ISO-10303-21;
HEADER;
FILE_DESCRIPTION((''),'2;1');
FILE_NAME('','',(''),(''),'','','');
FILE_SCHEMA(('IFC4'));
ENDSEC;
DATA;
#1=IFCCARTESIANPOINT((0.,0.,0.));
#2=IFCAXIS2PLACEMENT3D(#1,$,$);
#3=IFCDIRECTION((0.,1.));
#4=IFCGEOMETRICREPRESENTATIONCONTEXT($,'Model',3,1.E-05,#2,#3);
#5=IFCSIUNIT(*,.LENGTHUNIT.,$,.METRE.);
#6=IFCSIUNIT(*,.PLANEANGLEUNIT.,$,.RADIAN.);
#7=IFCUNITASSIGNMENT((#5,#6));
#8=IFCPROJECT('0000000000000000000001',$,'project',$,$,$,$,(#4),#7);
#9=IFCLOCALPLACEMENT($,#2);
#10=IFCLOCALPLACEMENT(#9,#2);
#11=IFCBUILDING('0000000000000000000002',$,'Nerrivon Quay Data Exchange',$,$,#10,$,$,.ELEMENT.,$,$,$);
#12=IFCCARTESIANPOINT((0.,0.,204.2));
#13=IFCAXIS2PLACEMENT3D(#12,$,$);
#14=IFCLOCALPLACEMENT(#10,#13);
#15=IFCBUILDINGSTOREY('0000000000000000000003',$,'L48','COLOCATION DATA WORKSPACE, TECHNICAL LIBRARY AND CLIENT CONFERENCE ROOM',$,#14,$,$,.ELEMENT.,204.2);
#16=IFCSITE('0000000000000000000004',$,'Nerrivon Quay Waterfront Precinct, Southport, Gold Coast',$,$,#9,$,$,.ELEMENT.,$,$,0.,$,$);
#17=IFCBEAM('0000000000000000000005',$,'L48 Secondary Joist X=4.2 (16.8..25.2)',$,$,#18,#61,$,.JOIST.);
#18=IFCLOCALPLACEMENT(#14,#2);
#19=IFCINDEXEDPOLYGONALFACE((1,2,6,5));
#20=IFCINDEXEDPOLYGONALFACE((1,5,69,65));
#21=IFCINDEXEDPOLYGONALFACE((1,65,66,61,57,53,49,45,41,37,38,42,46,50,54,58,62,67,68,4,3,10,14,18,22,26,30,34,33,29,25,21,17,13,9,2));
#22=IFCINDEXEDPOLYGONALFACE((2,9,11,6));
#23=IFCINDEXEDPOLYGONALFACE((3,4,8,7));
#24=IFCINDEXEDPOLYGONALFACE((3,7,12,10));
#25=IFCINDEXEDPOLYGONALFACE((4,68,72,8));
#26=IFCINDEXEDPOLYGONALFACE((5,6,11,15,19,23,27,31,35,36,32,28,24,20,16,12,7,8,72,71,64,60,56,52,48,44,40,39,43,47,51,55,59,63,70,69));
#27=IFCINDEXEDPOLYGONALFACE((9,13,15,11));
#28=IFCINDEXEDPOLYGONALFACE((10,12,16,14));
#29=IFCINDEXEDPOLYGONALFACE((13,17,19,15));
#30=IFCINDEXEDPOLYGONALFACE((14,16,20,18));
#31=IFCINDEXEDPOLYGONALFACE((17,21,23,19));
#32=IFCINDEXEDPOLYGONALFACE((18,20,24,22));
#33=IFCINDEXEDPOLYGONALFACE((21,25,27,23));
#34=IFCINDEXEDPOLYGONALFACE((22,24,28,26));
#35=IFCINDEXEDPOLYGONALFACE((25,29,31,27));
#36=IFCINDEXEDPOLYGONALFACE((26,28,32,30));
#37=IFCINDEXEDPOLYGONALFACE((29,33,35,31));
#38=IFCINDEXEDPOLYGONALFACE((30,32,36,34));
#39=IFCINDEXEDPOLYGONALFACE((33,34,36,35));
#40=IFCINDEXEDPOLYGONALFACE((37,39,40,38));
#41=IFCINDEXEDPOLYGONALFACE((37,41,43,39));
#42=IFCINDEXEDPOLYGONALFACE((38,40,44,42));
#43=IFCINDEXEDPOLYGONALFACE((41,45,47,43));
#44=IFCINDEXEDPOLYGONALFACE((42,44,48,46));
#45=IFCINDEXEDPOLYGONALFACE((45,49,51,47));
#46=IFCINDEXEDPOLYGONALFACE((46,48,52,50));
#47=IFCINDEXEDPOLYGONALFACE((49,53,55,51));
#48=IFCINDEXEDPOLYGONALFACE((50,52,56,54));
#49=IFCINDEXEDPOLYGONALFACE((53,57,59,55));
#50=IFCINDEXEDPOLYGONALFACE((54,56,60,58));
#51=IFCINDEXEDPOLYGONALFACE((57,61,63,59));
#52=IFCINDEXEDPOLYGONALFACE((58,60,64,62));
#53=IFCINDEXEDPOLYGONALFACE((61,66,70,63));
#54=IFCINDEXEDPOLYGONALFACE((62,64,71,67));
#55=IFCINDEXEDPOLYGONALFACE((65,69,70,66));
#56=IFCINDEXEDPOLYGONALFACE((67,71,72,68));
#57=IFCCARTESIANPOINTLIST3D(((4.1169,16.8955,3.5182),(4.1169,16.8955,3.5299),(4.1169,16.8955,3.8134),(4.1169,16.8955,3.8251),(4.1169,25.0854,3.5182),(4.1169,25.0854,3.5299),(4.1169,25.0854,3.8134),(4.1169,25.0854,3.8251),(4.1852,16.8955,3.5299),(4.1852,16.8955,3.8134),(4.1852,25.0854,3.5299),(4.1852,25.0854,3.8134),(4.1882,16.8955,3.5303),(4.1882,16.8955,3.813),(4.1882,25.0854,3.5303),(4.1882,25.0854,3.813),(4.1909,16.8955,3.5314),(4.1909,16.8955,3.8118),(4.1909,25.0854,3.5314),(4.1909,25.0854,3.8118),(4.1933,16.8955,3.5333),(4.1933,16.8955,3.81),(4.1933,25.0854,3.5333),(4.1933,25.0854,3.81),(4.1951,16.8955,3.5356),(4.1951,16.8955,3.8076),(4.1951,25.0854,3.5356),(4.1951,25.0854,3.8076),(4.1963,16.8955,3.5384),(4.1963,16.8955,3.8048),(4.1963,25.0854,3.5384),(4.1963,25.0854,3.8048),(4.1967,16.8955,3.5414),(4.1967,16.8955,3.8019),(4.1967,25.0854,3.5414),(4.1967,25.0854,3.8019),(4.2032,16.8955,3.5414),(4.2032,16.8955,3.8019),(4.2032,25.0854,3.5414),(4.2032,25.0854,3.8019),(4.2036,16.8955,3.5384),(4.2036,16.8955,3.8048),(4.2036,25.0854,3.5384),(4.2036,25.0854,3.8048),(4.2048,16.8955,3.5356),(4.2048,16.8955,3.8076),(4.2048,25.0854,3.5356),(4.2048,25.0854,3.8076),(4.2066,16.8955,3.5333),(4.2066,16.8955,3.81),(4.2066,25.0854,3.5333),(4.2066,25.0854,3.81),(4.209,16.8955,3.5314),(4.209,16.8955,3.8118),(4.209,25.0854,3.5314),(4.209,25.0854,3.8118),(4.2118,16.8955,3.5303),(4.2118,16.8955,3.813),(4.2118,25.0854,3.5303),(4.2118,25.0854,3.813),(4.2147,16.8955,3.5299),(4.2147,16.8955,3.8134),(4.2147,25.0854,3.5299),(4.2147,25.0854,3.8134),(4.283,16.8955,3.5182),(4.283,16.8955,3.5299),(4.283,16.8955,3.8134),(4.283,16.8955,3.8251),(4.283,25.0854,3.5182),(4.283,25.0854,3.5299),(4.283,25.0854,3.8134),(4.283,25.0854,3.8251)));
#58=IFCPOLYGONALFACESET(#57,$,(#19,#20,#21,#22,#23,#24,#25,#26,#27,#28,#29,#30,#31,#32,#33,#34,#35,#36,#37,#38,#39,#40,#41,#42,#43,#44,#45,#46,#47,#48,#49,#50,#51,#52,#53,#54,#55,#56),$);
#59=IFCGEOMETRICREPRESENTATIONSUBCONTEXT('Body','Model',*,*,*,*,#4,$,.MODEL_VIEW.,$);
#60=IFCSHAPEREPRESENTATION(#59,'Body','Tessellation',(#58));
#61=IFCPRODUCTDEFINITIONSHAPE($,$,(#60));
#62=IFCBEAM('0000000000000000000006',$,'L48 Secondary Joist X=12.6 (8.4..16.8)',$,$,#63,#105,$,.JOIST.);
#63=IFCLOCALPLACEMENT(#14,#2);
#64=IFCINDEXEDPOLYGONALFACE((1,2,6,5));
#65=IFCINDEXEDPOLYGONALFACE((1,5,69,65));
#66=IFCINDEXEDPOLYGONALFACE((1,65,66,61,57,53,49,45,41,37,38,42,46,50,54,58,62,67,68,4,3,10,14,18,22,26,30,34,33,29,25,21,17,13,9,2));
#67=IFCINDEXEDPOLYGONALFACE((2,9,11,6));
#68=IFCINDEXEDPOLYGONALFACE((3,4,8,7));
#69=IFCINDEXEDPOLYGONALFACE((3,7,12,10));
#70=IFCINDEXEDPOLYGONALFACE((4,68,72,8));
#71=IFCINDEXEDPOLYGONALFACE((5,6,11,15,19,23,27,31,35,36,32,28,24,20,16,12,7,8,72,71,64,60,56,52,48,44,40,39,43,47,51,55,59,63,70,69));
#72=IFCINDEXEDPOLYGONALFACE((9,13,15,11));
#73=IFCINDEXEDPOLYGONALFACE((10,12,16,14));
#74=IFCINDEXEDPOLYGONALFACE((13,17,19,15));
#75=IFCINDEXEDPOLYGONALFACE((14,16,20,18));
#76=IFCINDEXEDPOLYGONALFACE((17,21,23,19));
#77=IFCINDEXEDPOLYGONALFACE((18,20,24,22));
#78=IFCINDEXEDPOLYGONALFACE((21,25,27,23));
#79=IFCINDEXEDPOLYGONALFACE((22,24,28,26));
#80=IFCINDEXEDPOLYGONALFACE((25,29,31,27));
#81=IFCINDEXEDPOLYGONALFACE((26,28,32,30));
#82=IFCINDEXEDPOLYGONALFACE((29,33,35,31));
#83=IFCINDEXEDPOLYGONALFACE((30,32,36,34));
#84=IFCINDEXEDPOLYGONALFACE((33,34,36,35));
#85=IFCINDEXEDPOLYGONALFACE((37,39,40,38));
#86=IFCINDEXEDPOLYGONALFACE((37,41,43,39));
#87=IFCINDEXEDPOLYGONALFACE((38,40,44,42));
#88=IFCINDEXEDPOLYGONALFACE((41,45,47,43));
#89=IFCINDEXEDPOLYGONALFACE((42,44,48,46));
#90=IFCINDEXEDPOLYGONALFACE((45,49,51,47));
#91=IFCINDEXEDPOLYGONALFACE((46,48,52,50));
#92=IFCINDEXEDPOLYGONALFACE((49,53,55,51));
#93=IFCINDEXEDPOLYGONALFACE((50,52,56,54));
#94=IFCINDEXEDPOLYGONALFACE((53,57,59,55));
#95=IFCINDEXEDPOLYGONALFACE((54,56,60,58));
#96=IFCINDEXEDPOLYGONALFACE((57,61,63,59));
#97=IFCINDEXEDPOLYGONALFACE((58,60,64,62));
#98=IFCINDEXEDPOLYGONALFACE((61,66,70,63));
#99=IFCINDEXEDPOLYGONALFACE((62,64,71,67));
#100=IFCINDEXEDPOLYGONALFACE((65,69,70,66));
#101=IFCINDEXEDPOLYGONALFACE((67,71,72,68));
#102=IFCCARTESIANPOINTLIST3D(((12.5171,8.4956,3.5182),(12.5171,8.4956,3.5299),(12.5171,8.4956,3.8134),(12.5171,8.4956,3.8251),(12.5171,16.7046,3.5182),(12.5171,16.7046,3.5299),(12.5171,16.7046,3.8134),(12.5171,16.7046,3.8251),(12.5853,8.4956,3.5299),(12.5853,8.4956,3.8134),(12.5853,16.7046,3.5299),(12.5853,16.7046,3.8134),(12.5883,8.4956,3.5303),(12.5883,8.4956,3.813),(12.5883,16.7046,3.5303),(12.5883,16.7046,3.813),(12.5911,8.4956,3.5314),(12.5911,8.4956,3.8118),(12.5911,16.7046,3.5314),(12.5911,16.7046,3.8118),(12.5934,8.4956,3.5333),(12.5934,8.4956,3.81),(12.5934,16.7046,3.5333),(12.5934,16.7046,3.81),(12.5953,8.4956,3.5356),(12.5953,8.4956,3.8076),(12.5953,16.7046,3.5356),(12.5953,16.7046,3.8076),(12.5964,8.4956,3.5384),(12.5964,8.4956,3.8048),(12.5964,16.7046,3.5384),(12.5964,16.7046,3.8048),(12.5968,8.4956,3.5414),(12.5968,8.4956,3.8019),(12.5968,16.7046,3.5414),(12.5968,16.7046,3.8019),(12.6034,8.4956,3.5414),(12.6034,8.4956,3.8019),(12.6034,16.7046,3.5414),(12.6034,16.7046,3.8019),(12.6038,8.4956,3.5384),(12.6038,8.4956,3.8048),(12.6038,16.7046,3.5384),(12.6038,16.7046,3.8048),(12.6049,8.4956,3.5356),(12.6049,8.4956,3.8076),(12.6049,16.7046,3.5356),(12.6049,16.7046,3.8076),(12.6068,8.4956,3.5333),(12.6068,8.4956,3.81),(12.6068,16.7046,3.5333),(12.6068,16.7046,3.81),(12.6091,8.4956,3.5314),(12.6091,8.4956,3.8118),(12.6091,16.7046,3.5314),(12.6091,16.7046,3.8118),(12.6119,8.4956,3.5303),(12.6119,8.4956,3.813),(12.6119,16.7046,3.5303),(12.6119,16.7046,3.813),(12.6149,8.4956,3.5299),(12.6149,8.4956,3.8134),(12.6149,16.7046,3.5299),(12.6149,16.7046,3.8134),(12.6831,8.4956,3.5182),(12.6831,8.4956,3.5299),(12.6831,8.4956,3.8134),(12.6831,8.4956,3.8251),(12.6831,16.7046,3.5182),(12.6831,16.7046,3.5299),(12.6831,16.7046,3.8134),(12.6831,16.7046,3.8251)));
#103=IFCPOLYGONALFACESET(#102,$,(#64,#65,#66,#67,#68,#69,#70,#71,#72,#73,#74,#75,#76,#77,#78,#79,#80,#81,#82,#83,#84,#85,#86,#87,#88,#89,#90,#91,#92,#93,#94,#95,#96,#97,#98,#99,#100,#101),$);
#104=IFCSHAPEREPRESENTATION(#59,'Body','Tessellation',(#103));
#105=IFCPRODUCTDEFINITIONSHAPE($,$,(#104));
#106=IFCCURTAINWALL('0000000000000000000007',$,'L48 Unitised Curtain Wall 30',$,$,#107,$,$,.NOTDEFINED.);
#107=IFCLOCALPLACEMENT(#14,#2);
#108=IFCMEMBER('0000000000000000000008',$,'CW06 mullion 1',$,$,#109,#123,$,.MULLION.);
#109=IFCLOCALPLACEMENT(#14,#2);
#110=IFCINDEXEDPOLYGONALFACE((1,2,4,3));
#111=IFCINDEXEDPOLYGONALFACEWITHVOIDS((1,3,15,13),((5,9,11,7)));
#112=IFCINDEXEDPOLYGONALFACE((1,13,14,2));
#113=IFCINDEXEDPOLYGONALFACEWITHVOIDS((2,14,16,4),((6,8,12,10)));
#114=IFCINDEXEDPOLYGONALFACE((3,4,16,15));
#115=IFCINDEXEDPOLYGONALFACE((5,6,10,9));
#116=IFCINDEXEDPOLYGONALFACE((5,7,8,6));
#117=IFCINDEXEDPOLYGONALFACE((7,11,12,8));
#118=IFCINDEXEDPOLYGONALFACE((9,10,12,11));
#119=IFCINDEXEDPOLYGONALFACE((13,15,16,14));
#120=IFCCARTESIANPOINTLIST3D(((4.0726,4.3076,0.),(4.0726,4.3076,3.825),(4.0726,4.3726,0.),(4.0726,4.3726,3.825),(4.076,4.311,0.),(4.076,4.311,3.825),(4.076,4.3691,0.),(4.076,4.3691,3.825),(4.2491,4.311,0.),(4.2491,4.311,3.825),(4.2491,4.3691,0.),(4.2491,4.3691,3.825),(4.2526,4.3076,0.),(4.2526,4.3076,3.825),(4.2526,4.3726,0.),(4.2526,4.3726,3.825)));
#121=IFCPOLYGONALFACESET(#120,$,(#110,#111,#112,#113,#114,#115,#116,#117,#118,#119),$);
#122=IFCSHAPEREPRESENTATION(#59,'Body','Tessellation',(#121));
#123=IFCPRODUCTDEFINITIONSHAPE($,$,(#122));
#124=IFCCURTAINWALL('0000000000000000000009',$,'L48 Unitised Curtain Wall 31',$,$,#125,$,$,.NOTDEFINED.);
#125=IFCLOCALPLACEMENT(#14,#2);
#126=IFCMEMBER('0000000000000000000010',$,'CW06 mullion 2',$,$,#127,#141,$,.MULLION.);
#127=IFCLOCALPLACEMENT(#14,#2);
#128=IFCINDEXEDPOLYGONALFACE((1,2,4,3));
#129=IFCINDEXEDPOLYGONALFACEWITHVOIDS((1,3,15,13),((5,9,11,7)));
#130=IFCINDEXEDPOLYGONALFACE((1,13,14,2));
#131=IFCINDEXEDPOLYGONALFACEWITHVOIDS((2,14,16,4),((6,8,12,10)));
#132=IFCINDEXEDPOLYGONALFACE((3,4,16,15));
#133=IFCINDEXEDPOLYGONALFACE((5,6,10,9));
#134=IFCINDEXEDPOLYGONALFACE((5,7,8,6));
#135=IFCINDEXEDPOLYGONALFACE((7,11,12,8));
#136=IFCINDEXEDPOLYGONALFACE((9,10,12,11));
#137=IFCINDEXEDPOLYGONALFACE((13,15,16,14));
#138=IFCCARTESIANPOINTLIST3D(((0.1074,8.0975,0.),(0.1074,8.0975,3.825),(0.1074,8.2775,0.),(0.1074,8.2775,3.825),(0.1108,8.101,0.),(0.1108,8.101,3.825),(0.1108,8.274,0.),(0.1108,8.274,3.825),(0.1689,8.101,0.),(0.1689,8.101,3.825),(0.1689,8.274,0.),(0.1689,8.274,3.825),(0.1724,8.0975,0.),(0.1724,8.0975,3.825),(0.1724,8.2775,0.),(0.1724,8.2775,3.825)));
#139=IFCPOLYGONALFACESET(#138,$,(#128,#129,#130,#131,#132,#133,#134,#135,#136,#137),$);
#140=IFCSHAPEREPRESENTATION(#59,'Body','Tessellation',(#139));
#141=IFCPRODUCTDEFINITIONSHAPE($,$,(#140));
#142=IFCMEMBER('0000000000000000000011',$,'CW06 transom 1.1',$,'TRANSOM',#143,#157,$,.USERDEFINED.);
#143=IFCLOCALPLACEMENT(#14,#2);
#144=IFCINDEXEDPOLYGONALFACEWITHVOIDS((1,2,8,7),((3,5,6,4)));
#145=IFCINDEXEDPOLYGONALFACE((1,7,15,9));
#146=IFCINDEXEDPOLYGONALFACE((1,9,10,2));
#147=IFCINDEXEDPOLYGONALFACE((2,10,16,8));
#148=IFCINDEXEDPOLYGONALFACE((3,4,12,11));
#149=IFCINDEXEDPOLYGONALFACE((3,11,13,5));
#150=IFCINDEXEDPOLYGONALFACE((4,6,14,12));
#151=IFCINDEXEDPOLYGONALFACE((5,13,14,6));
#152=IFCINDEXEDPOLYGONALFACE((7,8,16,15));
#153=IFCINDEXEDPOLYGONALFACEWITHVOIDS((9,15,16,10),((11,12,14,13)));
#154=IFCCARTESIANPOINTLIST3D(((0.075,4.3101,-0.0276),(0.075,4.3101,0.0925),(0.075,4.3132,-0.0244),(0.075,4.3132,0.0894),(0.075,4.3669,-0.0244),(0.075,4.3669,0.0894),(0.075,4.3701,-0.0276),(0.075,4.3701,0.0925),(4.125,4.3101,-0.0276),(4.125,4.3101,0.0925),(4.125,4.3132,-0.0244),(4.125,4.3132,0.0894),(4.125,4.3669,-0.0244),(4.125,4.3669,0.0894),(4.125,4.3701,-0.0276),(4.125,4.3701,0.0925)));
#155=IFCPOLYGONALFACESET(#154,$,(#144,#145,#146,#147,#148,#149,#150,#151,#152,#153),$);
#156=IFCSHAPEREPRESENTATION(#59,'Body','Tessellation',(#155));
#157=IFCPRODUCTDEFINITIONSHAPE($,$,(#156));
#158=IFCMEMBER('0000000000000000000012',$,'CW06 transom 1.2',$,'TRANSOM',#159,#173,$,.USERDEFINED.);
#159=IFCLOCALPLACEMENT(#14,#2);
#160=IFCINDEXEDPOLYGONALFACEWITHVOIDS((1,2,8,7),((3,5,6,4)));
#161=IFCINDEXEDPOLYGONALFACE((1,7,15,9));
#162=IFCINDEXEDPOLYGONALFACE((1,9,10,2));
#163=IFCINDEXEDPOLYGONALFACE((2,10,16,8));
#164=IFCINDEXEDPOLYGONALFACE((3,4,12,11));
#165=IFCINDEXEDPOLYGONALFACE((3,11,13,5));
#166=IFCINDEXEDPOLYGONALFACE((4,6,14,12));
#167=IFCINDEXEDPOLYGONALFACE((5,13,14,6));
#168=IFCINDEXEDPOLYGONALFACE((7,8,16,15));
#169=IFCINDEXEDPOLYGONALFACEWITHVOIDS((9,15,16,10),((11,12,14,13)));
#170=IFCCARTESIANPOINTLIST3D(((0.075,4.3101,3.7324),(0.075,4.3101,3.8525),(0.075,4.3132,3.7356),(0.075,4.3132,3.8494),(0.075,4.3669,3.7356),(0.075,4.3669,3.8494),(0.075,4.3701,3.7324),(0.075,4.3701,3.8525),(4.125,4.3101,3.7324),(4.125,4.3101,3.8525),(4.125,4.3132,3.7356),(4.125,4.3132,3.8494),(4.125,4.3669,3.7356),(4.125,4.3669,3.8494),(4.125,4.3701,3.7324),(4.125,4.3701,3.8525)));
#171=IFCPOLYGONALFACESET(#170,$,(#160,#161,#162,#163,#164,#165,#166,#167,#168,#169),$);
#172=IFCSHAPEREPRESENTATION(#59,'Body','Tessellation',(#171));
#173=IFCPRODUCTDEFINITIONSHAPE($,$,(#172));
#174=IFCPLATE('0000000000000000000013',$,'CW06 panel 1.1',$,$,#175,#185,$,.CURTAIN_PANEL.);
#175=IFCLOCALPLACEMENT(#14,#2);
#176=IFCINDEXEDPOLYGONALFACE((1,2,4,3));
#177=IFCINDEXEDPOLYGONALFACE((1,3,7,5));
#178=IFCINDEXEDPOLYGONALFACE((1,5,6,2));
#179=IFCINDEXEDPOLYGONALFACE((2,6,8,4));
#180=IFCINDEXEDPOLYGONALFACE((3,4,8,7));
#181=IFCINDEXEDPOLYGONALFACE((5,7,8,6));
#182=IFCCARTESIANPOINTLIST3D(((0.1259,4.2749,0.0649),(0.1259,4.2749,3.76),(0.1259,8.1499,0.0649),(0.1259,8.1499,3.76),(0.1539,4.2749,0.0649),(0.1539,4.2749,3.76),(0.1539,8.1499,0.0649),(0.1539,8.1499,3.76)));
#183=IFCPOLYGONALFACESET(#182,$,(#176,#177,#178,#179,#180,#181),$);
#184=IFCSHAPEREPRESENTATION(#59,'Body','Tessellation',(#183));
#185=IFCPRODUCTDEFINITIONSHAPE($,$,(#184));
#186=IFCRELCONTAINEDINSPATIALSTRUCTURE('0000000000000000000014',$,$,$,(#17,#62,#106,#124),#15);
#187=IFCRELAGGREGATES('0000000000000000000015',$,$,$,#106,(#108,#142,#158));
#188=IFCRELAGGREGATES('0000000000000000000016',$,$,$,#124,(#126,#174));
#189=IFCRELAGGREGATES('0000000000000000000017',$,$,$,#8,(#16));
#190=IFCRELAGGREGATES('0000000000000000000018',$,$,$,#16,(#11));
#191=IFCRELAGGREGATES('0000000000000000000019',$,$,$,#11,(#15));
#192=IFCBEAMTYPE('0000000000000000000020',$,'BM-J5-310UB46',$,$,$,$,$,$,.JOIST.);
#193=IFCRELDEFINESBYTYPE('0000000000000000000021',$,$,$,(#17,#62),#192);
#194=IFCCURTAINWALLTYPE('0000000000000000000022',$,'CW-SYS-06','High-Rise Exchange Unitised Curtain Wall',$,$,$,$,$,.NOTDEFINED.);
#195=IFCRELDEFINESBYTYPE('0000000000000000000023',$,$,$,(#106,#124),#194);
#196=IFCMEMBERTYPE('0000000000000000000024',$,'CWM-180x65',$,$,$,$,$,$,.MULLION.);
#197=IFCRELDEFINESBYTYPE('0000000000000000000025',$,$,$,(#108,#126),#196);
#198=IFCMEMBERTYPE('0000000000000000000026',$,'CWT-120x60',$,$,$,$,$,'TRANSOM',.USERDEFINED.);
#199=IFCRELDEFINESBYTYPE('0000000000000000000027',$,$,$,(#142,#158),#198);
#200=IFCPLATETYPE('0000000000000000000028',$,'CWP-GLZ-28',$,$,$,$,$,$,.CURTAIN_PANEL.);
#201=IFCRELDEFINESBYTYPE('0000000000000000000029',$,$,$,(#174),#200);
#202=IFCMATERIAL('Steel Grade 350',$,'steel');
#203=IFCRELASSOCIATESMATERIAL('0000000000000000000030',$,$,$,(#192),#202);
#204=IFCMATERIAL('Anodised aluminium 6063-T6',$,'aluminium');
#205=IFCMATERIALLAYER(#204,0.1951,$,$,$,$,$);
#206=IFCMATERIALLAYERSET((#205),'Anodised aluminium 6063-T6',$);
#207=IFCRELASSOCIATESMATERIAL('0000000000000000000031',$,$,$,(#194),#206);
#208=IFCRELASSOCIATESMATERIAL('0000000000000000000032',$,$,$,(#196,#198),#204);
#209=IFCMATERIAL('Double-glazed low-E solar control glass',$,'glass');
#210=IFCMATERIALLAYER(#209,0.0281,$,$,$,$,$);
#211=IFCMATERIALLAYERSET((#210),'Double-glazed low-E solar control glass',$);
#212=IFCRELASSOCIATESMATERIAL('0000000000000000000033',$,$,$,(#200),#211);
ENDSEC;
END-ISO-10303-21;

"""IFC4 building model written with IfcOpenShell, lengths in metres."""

from ifc_helpers import new_model, si_unit, direction, frame, origin, origin_2d, place, context, subcontext, project, spatial, rectangle, hollow_rectangle, i_section, extrude, material, layer, layer_set, material_profile, profile_set, type_object, element, aggregate, save


model = new_model("IFC4")

# Units and contexts
model_context = context("Model", 3, precision=1e-05, world=origin(), true_north=direction((0.0, 1.0)))
body_context = subcontext(model_context, "Body", "Model", "MODEL_VIEW")
ifc_project = project(units=[si_unit("LENGTHUNIT", "METRE"), si_unit("PLANEANGLEUNIT", "RADIAN")], contexts=[model_context])

# Site, building, storey
site_placement = place(None, origin())
site = spatial("IfcSite", under=ifc_project, at=site_placement, Name="Nerrivon Quay Waterfront Precinct, Southport, Gold Coast", CompositionType="ELEMENT", RefElevation=0.0)
building_placement = place(site_placement, origin())
building = spatial("IfcBuilding", under=site, at=building_placement, Name="Nerrivon Quay Data Exchange", CompositionType="ELEMENT")
storey_placement = place(building_placement, frame((0.0, 0.0, 204.2)))
storey = spatial("IfcBuildingStorey", under=building, at=storey_placement, Name="L48", Description="COLOCATION DATA WORKSPACE, TECHNICAL LIBRARY AND CLIENT CONFERENCE ROOM", CompositionType="ELEMENT", Elevation=204.2)

# Shared definitions
ifc_material_1 = material(Name="Steel Grade 350", Category="steel")

# Beams
ifc_material_profile_1 = material_profile(ifc_material_1, i_section(OverallWidth=0.166, OverallDepth=0.3069, WebThickness=0.0066, FlangeThickness=0.0117, FilletRadius=0.0115, at=origin_2d()), Name="310UB46.2")
ifc_profile_set_1 = profile_set([ifc_material_profile_1], Name="Steel Grade 350")
beam_type_1 = type_object("IfcBeamType", Name="BM-J5-310UB46", PredefinedType="JOIST", material=ifc_profile_set_1)
beam_1_placement = place(storey_placement, frame((4.2, 16.8955, 3.6716), z_axis=(0.0, 1.0, 0.0), x_axis=(-1.0, 0.0, 0.0)))
element("IfcBeam", 1, at=beam_1_placement, inside=storey, type_object=beam_type_1, Name="L48 Secondary Joist X=4.2 (16.8..25.2)", PredefinedType="JOIST", context=body_context, shape_type="SweptSolid", body=[
    extrude(i_section(OverallWidth=0.166, OverallDepth=0.3069, WebThickness=0.0066, FlangeThickness=0.0117, FilletRadius=0.0115, at=origin_2d()), origin(), (0.0, 0.0, 1.0), 8.1899),
])
beam_2_placement = place(storey_placement, frame((12.6001, 8.4956, 3.6716), z_axis=(0.0, 1.0, 0.0), x_axis=(-1.0, 0.0, 0.0)))
element("IfcBeam", 2, at=beam_2_placement, inside=storey, type_object=beam_type_1, Name="L48 Secondary Joist X=12.6 (8.4..16.8)", PredefinedType="JOIST", context=body_context, shape_type="SweptSolid", body=[
    extrude(i_section(OverallWidth=0.166, OverallDepth=0.3069, WebThickness=0.0066, FlangeThickness=0.0117, FilletRadius=0.0115, at=origin_2d()), origin(), (0.0, 0.0, 1.0), 8.209),
])

# Curtain walls, members
ifc_material_2 = material(Name="Anodised aluminium 6063-T6", Category="aluminium")
ifc_layer_1 = layer(ifc_material_2, 0.1951)
ifc_layer_set_1 = layer_set([ifc_layer_1], Name="Anodised aluminium 6063-T6")
curtain_wall_type = type_object("IfcCurtainWallType", Name="CW-SYS-06", Description="High-Rise Exchange Unitised Curtain Wall", PredefinedType="NOTDEFINED", material=ifc_layer_set_1)
curtain_wall_1_placement = place(storey_placement, origin())
curtain_wall_1 = element("IfcCurtainWall", 3, at=curtain_wall_1_placement, inside=storey, type_object=curtain_wall_type, Name="L48 Unitised Curtain Wall 30", PredefinedType="NOTDEFINED")
ifc_material_profile_2 = material_profile(ifc_material_2, hollow_rectangle(XDim=0.0649, YDim=0.1799, WallThickness=0.0034, at=origin_2d()), Name="ALU-MULL-180x65")
ifc_profile_set_2 = profile_set([ifc_material_profile_2], Name="Anodised aluminium 6063-T6")
member_type_1 = type_object("IfcMemberType", Name="CWM-180x65", PredefinedType="MULLION", material=ifc_profile_set_2)
member_1_placement = place(storey_placement, frame((4.1626, 4.3401, 0.0), z_axis=(0.0, 0.0, 1.0), x_axis=(0.0, -1.0, 0.0)))
member_1 = element("IfcMember", 4, at=member_1_placement, type_object=member_type_1, Name="CW06 mullion 1", PredefinedType="MULLION", context=body_context, shape_type="SweptSolid", body=[
    extrude(hollow_rectangle(XDim=0.0649, YDim=0.1799, WallThickness=0.0034, at=origin_2d()), origin(), (0.0, 0.0, 1.0), 3.825),
])
curtain_wall_2_placement = place(storey_placement, origin())
curtain_wall_2 = element("IfcCurtainWall", 5, at=curtain_wall_2_placement, inside=storey, type_object=curtain_wall_type, Name="L48 Unitised Curtain Wall 31", PredefinedType="NOTDEFINED")
member_2_placement = place(storey_placement, frame((0.1399, 8.1875, 0.0), z_axis=(0.0, 0.0, 1.0), x_axis=(-1.0, 0.0, 0.0)))
member_2 = element("IfcMember", 6, at=member_2_placement, type_object=member_type_1, Name="CW06 mullion 2", PredefinedType="MULLION", context=body_context, shape_type="SweptSolid", body=[
    extrude(hollow_rectangle(XDim=0.0649, YDim=0.1799, WallThickness=0.0034, at=origin_2d()), origin(), (0.0, 0.0, 1.0), 3.825),
])

# Members
ifc_material_profile_3 = material_profile(ifc_material_2, hollow_rectangle(XDim=0.0601, YDim=0.1201, WallThickness=0.0032, at=origin_2d()), Name="ALU-TRAN-120x60")
ifc_profile_set_3 = profile_set([ifc_material_profile_3], Name="Anodised aluminium 6063-T6")
member_type_2 = type_object("IfcMemberType", Name="CWT-120x60", ElementType="TRANSOM", PredefinedType="USERDEFINED", material=ifc_profile_set_3)
member_3_placement = place(storey_placement, frame((4.125, 4.3401, 0.0325), z_axis=(-1.0, 0.0, 0.0), x_axis=(0.0, -1.0, 0.0)))
member_3 = element("IfcMember", 7, at=member_3_placement, type_object=member_type_2, Name="CW06 transom 1.1", ObjectType="TRANSOM", PredefinedType="USERDEFINED", context=body_context, shape_type="SweptSolid", body=[
    extrude(hollow_rectangle(XDim=0.0601, YDim=0.1201, WallThickness=0.0032, at=origin_2d()), origin(), (0.0, 0.0, 1.0), 4.05),
])
member_4_placement = place(storey_placement, frame((4.125, 4.3401, 3.7925), z_axis=(-1.0, 0.0, 0.0), x_axis=(0.0, -1.0, 0.0)))
member_4 = element("IfcMember", 8, at=member_4_placement, type_object=member_type_2, Name="CW06 transom 1.2", ObjectType="TRANSOM", PredefinedType="USERDEFINED", context=body_context, shape_type="SweptSolid", body=[
    extrude(hollow_rectangle(XDim=0.0601, YDim=0.1201, WallThickness=0.0032, at=origin_2d()), origin(), (0.0, 0.0, 1.0), 4.05),
])
aggregate(curtain_wall_1, [member_1, member_3, member_4])

# Plate
ifc_material_3 = material(Name="Double-glazed low-E solar control glass", Category="glass")
ifc_layer_2 = layer(ifc_material_3, 0.0281)
ifc_layer_set_2 = layer_set([ifc_layer_2], Name="Double-glazed low-E solar control glass")
plate_type = type_object("IfcPlateType", Name="CWP-GLZ-28", PredefinedType="CURTAIN_PANEL", material=ifc_layer_set_2)
plate_placement = place(storey_placement, frame((0.1399, 6.2124, 0.0649), z_axis=(0.0, 0.0, 1.0), x_axis=(0.0, 1.0, 0.0)))
plate = element("IfcPlate", 9, at=plate_placement, type_object=plate_type, Name="CW06 panel 1.1", PredefinedType="CURTAIN_PANEL", context=body_context, shape_type="SweptSolid", body=[
    extrude(rectangle(XDim=3.875, YDim=0.0281, at=origin_2d()), origin(), (0.0, 0.0, 1.0), 3.6951),
])
aggregate(curtain_wall_2, [member_2, plate])

save(model, "model.ifc")
